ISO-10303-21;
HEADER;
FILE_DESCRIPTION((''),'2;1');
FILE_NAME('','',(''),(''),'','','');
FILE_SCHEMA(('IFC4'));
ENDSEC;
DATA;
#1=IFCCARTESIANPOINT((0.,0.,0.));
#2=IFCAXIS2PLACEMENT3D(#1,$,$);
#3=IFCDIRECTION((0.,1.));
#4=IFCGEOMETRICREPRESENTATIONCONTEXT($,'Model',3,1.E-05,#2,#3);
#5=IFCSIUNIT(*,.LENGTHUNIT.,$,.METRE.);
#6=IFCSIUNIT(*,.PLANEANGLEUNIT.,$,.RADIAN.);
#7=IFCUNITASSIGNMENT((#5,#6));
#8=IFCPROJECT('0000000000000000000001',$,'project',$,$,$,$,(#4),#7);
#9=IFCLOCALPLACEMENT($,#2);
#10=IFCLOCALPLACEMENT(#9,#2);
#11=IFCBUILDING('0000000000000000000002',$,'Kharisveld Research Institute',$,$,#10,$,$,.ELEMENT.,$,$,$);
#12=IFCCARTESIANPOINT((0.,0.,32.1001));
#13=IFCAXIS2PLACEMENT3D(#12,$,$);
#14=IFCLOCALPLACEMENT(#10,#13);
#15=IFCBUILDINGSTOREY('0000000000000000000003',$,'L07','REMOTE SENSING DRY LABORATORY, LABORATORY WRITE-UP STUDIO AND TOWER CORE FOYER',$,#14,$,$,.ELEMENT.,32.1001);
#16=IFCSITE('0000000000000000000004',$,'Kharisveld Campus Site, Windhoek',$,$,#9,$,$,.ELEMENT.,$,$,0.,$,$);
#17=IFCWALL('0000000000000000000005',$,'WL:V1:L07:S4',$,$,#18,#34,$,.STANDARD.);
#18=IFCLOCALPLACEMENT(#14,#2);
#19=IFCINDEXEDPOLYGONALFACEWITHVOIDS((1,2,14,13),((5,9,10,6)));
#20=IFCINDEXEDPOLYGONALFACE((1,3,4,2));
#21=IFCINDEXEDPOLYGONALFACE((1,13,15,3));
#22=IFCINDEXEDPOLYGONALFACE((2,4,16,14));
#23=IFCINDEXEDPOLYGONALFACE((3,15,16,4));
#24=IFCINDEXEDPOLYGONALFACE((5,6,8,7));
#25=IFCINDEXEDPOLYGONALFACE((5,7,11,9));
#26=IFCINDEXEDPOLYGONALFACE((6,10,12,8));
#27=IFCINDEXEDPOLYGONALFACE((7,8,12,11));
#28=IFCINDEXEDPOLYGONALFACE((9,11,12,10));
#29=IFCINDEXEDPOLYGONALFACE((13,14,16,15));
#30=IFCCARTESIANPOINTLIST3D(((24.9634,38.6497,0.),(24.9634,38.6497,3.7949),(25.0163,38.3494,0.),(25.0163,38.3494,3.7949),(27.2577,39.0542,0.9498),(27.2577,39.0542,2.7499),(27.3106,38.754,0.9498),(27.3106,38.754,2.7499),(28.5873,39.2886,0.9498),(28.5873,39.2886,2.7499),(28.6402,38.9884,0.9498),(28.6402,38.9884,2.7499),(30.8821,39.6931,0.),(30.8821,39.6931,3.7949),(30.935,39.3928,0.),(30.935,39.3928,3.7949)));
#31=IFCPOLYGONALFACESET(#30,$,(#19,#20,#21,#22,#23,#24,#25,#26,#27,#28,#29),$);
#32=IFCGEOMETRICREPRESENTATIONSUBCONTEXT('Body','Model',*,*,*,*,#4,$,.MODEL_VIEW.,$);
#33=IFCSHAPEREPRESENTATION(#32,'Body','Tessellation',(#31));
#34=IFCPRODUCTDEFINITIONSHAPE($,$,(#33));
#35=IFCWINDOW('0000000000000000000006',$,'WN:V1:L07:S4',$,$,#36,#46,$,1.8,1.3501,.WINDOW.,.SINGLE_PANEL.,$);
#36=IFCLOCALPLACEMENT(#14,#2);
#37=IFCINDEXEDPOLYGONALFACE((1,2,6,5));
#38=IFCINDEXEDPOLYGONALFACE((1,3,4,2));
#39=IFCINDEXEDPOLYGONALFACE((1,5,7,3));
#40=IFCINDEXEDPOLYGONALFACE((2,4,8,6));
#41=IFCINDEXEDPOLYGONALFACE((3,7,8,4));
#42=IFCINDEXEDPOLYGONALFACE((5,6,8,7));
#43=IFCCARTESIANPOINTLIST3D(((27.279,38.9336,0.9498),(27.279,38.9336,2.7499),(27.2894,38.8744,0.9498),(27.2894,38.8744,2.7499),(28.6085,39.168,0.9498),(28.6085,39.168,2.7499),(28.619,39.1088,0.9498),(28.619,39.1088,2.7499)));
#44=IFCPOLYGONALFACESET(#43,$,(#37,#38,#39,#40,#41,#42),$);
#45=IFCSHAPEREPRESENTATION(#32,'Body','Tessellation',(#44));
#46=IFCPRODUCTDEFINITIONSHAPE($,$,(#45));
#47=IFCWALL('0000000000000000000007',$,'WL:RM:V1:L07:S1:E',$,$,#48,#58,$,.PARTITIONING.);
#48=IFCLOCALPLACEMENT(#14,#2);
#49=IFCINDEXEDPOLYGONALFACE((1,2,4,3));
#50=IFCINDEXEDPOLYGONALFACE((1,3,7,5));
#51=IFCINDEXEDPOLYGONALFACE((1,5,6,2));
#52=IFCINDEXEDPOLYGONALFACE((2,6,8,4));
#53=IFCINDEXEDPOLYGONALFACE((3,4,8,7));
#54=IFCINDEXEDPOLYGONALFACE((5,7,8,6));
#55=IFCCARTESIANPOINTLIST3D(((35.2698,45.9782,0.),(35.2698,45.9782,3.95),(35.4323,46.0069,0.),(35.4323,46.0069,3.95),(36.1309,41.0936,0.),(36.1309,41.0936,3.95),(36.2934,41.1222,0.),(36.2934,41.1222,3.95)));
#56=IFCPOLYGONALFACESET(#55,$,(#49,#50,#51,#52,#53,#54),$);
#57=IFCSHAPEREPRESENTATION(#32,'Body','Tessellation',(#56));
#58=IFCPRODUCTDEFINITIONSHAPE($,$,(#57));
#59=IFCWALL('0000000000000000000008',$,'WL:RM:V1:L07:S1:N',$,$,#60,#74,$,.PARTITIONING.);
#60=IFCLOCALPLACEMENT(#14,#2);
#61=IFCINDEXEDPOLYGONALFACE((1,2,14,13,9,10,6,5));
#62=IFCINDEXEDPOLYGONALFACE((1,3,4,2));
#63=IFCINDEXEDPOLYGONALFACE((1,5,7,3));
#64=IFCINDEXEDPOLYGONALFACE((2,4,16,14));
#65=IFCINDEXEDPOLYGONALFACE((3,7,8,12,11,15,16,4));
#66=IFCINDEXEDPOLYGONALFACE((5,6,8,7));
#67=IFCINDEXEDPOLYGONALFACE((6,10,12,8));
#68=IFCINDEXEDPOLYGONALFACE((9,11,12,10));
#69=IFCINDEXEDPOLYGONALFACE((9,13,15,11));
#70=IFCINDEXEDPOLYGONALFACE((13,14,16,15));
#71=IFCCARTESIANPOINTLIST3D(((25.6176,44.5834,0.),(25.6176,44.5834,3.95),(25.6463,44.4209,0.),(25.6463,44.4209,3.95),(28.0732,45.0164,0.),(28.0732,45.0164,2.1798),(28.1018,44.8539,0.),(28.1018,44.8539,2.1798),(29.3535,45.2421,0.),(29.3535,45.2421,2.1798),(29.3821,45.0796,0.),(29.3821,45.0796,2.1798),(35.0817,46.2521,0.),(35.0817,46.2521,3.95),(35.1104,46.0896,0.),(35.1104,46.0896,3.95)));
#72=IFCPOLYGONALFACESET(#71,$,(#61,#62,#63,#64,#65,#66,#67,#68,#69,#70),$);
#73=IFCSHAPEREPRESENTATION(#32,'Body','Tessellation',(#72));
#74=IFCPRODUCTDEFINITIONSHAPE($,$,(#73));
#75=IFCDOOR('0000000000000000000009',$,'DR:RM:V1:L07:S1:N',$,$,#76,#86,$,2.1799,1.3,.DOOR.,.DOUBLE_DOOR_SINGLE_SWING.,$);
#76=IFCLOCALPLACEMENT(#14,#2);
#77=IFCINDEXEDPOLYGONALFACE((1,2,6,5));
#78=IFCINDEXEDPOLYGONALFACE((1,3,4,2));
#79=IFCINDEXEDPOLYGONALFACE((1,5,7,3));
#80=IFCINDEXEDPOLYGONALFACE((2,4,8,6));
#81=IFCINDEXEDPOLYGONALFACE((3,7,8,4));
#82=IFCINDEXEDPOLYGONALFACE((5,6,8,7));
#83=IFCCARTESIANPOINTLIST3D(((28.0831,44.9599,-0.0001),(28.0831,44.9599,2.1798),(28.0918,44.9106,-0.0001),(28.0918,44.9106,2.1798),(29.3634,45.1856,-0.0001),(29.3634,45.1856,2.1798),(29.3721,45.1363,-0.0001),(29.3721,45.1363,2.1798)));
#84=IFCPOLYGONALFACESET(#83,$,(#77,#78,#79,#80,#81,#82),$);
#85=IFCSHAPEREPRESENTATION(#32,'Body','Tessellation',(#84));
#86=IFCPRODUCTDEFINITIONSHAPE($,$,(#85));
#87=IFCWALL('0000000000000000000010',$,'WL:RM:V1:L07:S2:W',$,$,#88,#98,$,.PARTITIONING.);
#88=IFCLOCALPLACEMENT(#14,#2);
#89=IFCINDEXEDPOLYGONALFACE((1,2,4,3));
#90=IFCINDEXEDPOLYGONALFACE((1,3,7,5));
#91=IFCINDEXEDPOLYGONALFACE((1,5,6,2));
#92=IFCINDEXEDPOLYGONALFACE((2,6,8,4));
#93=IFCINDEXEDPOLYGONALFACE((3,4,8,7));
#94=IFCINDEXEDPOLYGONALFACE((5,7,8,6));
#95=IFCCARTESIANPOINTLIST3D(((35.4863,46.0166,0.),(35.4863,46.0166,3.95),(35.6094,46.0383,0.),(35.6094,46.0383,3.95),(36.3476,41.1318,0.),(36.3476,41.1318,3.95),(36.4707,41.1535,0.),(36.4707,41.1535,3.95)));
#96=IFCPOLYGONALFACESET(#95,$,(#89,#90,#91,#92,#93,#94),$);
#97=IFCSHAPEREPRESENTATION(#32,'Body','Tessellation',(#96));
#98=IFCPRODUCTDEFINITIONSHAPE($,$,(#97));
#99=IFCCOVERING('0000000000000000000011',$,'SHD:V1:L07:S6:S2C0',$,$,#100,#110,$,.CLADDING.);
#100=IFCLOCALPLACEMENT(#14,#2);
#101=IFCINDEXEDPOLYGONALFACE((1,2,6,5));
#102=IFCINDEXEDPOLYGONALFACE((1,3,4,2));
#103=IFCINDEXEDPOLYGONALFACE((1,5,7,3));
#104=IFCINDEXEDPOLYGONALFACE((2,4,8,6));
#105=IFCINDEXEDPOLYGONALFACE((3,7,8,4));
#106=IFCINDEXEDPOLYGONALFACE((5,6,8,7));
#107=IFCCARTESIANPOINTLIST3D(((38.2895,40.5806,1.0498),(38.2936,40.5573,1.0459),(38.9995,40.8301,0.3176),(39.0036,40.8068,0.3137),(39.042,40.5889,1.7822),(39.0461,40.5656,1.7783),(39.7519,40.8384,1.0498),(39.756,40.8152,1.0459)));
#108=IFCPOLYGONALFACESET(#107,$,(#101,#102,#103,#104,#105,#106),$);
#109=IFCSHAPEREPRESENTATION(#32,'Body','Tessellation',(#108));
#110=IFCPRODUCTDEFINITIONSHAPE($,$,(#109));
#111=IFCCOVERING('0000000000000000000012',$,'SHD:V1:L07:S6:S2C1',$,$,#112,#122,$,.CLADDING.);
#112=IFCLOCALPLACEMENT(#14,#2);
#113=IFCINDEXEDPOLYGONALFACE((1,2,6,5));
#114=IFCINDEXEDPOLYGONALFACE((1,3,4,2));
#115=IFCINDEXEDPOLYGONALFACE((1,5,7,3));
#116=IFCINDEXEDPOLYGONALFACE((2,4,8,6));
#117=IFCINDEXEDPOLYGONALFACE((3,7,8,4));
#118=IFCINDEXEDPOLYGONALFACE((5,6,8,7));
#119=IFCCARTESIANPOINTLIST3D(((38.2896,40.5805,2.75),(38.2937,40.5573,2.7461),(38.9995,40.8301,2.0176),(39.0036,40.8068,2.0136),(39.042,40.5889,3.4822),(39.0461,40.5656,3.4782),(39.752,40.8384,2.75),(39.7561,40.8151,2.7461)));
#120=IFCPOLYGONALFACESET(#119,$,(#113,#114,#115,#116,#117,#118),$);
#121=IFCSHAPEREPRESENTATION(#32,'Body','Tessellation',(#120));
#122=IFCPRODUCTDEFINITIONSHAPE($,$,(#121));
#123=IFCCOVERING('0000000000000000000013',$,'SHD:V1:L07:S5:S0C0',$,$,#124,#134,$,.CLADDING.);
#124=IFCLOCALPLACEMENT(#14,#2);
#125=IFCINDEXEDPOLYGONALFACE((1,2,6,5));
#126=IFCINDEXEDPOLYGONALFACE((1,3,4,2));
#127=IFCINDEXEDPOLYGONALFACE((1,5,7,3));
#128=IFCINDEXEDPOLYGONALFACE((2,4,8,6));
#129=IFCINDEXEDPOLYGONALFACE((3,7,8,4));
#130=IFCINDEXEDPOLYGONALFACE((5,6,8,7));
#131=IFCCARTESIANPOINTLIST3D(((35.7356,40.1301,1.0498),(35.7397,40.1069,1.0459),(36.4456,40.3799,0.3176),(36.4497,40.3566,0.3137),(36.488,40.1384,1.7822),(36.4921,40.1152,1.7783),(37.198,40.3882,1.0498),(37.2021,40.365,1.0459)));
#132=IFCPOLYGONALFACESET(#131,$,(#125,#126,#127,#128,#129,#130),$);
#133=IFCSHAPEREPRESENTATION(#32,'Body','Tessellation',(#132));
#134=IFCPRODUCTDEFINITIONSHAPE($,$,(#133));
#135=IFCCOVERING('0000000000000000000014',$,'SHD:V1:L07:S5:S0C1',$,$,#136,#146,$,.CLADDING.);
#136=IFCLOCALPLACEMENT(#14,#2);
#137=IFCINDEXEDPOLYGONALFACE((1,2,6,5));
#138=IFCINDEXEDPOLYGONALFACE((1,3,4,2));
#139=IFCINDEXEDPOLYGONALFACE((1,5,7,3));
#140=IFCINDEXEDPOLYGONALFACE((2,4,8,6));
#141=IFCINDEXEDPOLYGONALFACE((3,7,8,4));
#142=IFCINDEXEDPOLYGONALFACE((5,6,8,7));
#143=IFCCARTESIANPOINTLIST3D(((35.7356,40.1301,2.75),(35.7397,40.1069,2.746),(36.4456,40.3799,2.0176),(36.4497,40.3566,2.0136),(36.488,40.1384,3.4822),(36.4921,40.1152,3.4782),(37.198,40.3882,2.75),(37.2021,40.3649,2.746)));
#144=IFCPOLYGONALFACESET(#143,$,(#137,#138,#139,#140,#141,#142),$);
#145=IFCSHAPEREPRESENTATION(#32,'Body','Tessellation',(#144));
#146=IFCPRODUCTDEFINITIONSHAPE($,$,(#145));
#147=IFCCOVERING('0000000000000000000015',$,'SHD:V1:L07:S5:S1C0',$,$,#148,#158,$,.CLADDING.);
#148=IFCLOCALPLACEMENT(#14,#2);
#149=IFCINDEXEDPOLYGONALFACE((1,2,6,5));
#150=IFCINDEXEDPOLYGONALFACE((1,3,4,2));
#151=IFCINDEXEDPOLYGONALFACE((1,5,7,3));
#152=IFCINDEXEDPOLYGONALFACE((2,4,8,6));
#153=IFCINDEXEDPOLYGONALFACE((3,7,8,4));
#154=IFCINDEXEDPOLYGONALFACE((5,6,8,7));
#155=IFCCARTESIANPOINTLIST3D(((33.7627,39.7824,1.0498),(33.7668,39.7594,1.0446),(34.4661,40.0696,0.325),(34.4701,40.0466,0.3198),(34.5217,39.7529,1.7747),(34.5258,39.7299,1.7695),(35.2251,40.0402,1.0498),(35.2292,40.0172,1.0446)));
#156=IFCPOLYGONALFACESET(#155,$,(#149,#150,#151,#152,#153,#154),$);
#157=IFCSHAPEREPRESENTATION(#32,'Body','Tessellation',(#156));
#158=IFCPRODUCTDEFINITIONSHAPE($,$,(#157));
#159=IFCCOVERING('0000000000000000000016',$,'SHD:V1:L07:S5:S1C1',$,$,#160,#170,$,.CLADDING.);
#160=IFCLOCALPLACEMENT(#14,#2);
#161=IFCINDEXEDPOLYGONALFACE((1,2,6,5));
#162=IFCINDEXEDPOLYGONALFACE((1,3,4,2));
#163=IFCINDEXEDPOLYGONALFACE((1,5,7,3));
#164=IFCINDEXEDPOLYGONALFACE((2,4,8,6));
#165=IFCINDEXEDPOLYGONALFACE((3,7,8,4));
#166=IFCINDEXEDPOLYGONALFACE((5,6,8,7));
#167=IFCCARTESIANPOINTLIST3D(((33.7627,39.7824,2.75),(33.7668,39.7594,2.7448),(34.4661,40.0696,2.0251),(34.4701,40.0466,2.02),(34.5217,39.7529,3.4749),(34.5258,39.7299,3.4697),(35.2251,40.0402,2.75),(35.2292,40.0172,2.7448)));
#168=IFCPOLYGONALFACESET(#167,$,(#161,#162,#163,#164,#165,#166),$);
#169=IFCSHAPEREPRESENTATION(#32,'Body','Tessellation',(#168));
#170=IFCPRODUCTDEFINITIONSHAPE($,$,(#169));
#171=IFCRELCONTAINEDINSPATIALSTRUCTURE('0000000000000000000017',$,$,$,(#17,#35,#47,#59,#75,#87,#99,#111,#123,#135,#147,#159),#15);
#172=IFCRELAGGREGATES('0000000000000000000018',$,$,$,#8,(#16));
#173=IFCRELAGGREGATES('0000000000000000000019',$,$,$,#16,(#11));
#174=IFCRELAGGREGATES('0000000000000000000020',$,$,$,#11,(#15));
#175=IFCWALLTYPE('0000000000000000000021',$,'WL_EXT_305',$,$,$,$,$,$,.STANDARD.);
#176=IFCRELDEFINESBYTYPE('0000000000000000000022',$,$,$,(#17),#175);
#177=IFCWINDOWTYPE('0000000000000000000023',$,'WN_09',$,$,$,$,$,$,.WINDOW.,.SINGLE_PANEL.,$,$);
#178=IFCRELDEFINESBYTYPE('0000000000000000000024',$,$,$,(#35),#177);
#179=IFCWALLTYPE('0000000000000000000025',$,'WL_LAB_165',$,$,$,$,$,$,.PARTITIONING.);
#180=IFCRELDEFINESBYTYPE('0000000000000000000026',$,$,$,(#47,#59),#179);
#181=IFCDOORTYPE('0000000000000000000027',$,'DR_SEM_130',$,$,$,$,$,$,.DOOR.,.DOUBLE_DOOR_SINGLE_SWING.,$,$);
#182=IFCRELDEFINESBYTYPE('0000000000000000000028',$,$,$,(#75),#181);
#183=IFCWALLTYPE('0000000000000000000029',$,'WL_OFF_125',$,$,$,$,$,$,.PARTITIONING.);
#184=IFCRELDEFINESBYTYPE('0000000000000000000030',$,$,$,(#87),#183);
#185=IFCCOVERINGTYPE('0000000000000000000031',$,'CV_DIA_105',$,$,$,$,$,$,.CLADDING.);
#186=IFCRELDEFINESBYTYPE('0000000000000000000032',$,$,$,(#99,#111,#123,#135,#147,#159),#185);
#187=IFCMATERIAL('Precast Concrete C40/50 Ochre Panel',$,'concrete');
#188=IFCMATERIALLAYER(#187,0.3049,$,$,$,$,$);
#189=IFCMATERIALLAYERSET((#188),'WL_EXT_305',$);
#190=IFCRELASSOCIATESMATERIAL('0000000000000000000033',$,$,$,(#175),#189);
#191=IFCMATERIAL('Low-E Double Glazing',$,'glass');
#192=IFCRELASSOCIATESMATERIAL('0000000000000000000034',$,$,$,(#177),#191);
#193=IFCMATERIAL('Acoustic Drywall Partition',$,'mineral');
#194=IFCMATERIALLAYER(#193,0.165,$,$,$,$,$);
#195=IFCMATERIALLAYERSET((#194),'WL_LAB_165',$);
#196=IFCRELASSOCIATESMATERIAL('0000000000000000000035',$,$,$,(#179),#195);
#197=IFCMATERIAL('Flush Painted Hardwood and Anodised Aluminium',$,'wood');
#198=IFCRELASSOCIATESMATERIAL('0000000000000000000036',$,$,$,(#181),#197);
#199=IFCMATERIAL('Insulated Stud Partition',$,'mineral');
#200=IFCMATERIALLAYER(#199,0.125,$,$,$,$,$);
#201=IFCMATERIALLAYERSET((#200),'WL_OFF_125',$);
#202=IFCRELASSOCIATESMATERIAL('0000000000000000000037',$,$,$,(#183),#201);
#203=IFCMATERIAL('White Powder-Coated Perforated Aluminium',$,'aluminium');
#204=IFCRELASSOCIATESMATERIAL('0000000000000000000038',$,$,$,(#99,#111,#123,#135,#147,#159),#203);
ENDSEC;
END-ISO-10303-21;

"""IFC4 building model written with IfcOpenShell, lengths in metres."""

from ifc_helpers import new_model, si_unit, direction, frame, frame_2d, origin, place, context, subcontext, project, spatial, polyline, rectangle, outline, extrude, material, layer, layer_set, type_object, element, fill, save


model = new_model("IFC4")

# Units and contexts
model_context = context("Model", 3, precision=1e-05, world=origin(), true_north=direction((0.0, 1.0)))
body_context = subcontext(model_context, "Body", "Model", "MODEL_VIEW")
ifc_project = project(units=[si_unit("LENGTHUNIT", "METRE"), si_unit("PLANEANGLEUNIT", "RADIAN")], contexts=[model_context])

# Site, building, storey
site_placement = place(None, origin())
site = spatial("IfcSite", under=ifc_project, at=site_placement, Name="Kharisveld Campus Site, Windhoek", CompositionType="ELEMENT", RefElevation=0.0)
building_placement = place(site_placement, origin())
building = spatial("IfcBuilding", under=site, at=building_placement, Name="Kharisveld Research Institute", CompositionType="ELEMENT")
storey_placement = place(building_placement, frame((0.0, 0.0, 32.1001)))
storey = spatial("IfcBuildingStorey", under=building, at=storey_placement, Name="L07", Description="REMOTE SENSING DRY LABORATORY, LABORATORY WRITE-UP STUDIO AND TOWER CORE FOYER", CompositionType="ELEMENT", Elevation=32.1001)

# Wall, opening, window
ifc_material_1 = material(Name="Precast Concrete C40/50 Ochre Panel", Category="concrete")
ifc_layer_1 = layer(ifc_material_1, 0.3049)
ifc_layer_set_1 = layer_set([ifc_layer_1], Name="WL_EXT_305")
wall_type_1 = type_object("IfcWallType", Name="WL_EXT_305", PredefinedType="STANDARD", material=ifc_layer_set_1)
wall_1_placement = place(storey_placement, frame((30.9084, 39.543, 0.0), z_axis=(0.0, 0.0, 1.0), x_axis=(-0.984813, -0.173621, 0.0)))
wall_1 = element("IfcWall", 1, at=wall_1_placement, inside=storey, type_object=wall_type_1, Name="WL:V1:L07:S4", PredefinedType="STANDARD", context=body_context, shape_type="SweptSolid", body=[
    extrude(rectangle(XDim=6.01, YDim=0.3049, at=frame_2d((3.0049, 0.0))), origin(), (0.0, 0.0, 1.0), 3.7949),
])
opening_1_placement = place(wall_1_placement, frame((2.3301, 0.0, 0.95)))
opening_1 = element("IfcOpeningElement", 2, at=opening_1_placement, cuts=wall_1, PredefinedType="OPENING", context=body_context, shape_type="SweptSolid", body=[
    extrude(rectangle(XDim=1.3501, YDim=1.8, at=frame_2d((0.675, 0.8999))), frame((0.0, 0.1523, 0.0), z_axis=(0.0, -1.0, 0.0), x_axis=(1.0, 0.0, 0.0)), (0.0, 0.0, 1.0), 0.3049),
])
ifc_material_2 = material(Name="Low-E Double Glazing", Category="glass")
window_type_1 = type_object("IfcWindowType", Name="WN_09", PartitioningType="SINGLE_PANEL", PredefinedType="WINDOW", material=ifc_material_2)
window_1_placement = place(opening_1_placement, origin())
window_1 = element("IfcWindow", 3, at=window_1_placement, inside=storey, type_object=window_type_1, Name="WN:V1:L07:S4", OverallHeight=1.8, OverallWidth=1.3501, PartitioningType="SINGLE_PANEL", PredefinedType="WINDOW", context=body_context, shape_type="SweptSolid", body=[
    extrude(rectangle(XDim=1.3501, YDim=1.8, at=frame_2d((0.675, 0.8999))), frame((0.0, 0.03, 0.0), z_axis=(0.0, -1.0, 0.0), x_axis=(1.0, 0.0, 0.0)), (0.0, 0.0, 1.0), 0.0601),
])
fill(opening_1, window_1)

# Wall
ifc_material_3 = material(Name="Acoustic Drywall Partition", Category="mineral")
ifc_layer_2 = layer(ifc_material_3, 0.165)
ifc_layer_set_2 = layer_set([ifc_layer_2], Name="WL_LAB_165")
wall_type_2 = type_object("IfcWallType", Name="WL_LAB_165", PredefinedType="PARTITIONING", material=ifc_layer_set_2)
wall_2_placement = place(storey_placement, frame((36.2122, 41.1079, 0.0), z_axis=(0.0, 0.0, 1.0), x_axis=(-0.173611, 0.984814, 0.0)))
element("IfcWall", 4, at=wall_2_placement, inside=storey, type_object=wall_type_2, Name="WL:RM:V1:L07:S1:E", PredefinedType="PARTITIONING", context=body_context, shape_type="SweptSolid", body=[
    extrude(rectangle(XDim=4.96, YDim=0.165, at=frame_2d((2.48, 0.0))), origin(), (0.0, 0.0, 1.0), 3.95),
])

# Wall, opening, door
wall_3_placement = place(storey_placement, frame((35.0962, 46.1709, 0.0), z_axis=(0.0, 0.0, 1.0), x_axis=(-0.984809, -0.17364, 0.0)))
wall_3 = element("IfcWall", 5, at=wall_3_placement, inside=storey, type_object=wall_type_2, Name="WL:RM:V1:L07:S1:N", PredefinedType="PARTITIONING", context=body_context, shape_type="SweptSolid", body=[
    extrude(rectangle(XDim=9.6101, YDim=0.165, at=frame_2d((4.8052, 0.0))), origin(), (0.0, 0.0, 1.0), 3.95),
])
opening_2_placement = place(wall_3_placement, frame((5.8169, 0.0, 0.0)))
opening_2 = element("IfcOpeningElement", 6, at=opening_2_placement, cuts=wall_3, PredefinedType="OPENING", context=body_context, shape_type="SweptSolid", body=[
    extrude(rectangle(XDim=1.3, YDim=2.1799, at=frame_2d((0.6499, 1.0898))), frame((0.0, 0.0825, 0.0), z_axis=(0.0, -1.0, 0.0), x_axis=(1.0, 0.0, 0.0)), (0.0, 0.0, 1.0), 0.165),
])
ifc_material_4 = material(Name="Flush Painted Hardwood and Anodised Aluminium", Category="wood")
door_type = type_object("IfcDoorType", Name="DR_SEM_130", OperationType="DOUBLE_DOOR_SINGLE_SWING", PredefinedType="DOOR", material=ifc_material_4)
door_placement = place(opening_2_placement, origin())
door = element("IfcDoor", 7, at=door_placement, inside=storey, type_object=door_type, Name="DR:RM:V1:L07:S1:N", OperationType="DOUBLE_DOOR_SINGLE_SWING", OverallHeight=2.1799, OverallWidth=1.3, PredefinedType="DOOR", context=body_context, shape_type="SweptSolid", body=[
    extrude(rectangle(XDim=1.3, YDim=2.1799, at=frame_2d((0.6499, 1.0898))), frame((0.0, 0.0249, 0.0), z_axis=(0.0, -1.0, 0.0), x_axis=(1.0, 0.0, 0.0)), (0.0, 0.0, 1.0), 0.05),
])
fill(opening_2, door)

# Wall
ifc_material_5 = material(Name="Insulated Stud Partition", Category="mineral")
ifc_layer_3 = layer(ifc_material_5, 0.125)
ifc_layer_set_3 = layer_set([ifc_layer_3], Name="WL_OFF_125")
wall_type_3 = type_object("IfcWallType", Name="WL_OFF_125", PredefinedType="PARTITIONING", material=ifc_layer_set_3)
wall_4_placement = place(storey_placement, frame((35.5479, 46.0273, 0.0), z_axis=(0.0, 0.0, 1.0), x_axis=(0.173651, -0.984807, 0.0)))
element("IfcWall", 8, at=wall_4_placement, inside=storey, type_object=wall_type_3, Name="WL:RM:V1:L07:S2:W", PredefinedType="PARTITIONING", context=body_context, shape_type="SweptSolid", body=[
    extrude(rectangle(XDim=4.9602, YDim=0.125, at=frame_2d((2.48, 0.0))), origin(), (0.0, 0.0, 1.0), 3.95),
])

# Coverings
ifc_material_6 = material(Name="White Powder-Coated Perforated Aluminium", Category="aluminium")
covering_type = type_object("IfcCoveringType", Name="CV_DIA_105", PredefinedType="CLADDING")
covering_1_placement = place(storey_placement, frame((38.9995, 40.8301, 0.3176), z_axis=(-0.171239, 0.971325, 0.164938), x_axis=(-0.676192, -0.237624, 0.697352)))
element("IfcCovering", 9, at=covering_1_placement, inside=storey, type_object=covering_type, material=ifc_material_6, Name="SHD:V1:L07:S6:S2C0", PredefinedType="CLADDING", context=body_context, shape_type="SweptSolid", body=[
    extrude(outline(polyline([(0.0, 0.0), (1.0499, 0.0), (1.0499, 1.0501), (-0.0002, 1.0499), (0.0, 0.0)])), origin(), (0.0, 0.0, -1.0), 0.0239),
])
covering_2_placement = place(storey_placement, frame((38.9995, 40.8301, 2.0176), z_axis=(-0.171239, 0.971325, 0.164938), x_axis=(-0.676076, -0.237623, 0.697465)))
element("IfcCovering", 10, at=covering_2_placement, inside=storey, type_object=covering_type, material=ifc_material_6, Name="SHD:V1:L07:S6:S2C1", PredefinedType="CLADDING", context=body_context, shape_type="SweptSolid", body=[
    extrude(outline(polyline([(0.0, 0.0), (1.0501, 0.0), (1.0501, 1.0499), (0.0002, 1.0501), (0.0, 0.0)])), origin(), (0.0, 0.0, -1.0), 0.0239),
])
covering_3_placement = place(storey_placement, frame((36.4456, 40.3799, 0.3176), z_axis=(-0.171391, 0.971272, 0.165096), x_axis=(-0.676154, -0.237843, 0.697313)))
element("IfcCovering", 11, at=covering_3_placement, inside=storey, type_object=covering_type, material=ifc_material_6, Name="SHD:V1:L07:S5:S0C0", PredefinedType="CLADDING", context=body_context, shape_type="SweptSolid", body=[
    extrude(outline(polyline([(0.0, 0.0), (1.05, 0.0), (1.05, 1.0501), (-0.0002, 1.0499), (0.0, 0.0)])), origin(), (0.0, 0.0, -1.0), 0.0239),
])
covering_4_placement = place(storey_placement, frame((36.4456, 40.3799, 2.0176), z_axis=(-0.171391, 0.971272, 0.165096), x_axis=(-0.676038, -0.237842, 0.697426)))
element("IfcCovering", 12, at=covering_4_placement, inside=storey, type_object=covering_type, material=ifc_material_6, Name="SHD:V1:L07:S5:S0C1", PredefinedType="CLADDING", context=body_context, shape_type="SweptSolid", body=[
    extrude(outline(polyline([(0.0, 0.0), (1.0502, 0.0), (1.0502, 1.0499), (0.0002, 1.0501), (0.0, 0.0)])), origin(), (0.0, 0.0, -1.0), 0.0239),
])
for number, where, z_axis, x_axis, name in (
    (13, (34.4661, 40.0696, 0.325), (-0.169498, 0.961453, 0.216512), (-0.669834, -0.273536, 0.69029), "SHD:V1:L07:S5:S1C0"),
    (14, (34.4661, 40.0696, 2.0251), (-0.169498, 0.961453, 0.216512), (-0.669834, -0.273536, 0.69029), "SHD:V1:L07:S5:S1C1"),
):
    element("IfcCovering", number, at=place(storey_placement, frame(where, z_axis=z_axis, x_axis=x_axis)), inside=storey, type_object=covering_type, material=ifc_material_6, Name=name, PredefinedType="CLADDING", context=body_context, shape_type="SweptSolid", body=[
        extrude(outline(polyline([(0.0, 0.0), (1.05, 0.0), (1.05, 1.05), (-0.0001, 1.05), (0.0, 0.0)])), origin(), (0.0, 0.0, -1.0), 0.0239),
    ])

save(model, "model.ifc")
